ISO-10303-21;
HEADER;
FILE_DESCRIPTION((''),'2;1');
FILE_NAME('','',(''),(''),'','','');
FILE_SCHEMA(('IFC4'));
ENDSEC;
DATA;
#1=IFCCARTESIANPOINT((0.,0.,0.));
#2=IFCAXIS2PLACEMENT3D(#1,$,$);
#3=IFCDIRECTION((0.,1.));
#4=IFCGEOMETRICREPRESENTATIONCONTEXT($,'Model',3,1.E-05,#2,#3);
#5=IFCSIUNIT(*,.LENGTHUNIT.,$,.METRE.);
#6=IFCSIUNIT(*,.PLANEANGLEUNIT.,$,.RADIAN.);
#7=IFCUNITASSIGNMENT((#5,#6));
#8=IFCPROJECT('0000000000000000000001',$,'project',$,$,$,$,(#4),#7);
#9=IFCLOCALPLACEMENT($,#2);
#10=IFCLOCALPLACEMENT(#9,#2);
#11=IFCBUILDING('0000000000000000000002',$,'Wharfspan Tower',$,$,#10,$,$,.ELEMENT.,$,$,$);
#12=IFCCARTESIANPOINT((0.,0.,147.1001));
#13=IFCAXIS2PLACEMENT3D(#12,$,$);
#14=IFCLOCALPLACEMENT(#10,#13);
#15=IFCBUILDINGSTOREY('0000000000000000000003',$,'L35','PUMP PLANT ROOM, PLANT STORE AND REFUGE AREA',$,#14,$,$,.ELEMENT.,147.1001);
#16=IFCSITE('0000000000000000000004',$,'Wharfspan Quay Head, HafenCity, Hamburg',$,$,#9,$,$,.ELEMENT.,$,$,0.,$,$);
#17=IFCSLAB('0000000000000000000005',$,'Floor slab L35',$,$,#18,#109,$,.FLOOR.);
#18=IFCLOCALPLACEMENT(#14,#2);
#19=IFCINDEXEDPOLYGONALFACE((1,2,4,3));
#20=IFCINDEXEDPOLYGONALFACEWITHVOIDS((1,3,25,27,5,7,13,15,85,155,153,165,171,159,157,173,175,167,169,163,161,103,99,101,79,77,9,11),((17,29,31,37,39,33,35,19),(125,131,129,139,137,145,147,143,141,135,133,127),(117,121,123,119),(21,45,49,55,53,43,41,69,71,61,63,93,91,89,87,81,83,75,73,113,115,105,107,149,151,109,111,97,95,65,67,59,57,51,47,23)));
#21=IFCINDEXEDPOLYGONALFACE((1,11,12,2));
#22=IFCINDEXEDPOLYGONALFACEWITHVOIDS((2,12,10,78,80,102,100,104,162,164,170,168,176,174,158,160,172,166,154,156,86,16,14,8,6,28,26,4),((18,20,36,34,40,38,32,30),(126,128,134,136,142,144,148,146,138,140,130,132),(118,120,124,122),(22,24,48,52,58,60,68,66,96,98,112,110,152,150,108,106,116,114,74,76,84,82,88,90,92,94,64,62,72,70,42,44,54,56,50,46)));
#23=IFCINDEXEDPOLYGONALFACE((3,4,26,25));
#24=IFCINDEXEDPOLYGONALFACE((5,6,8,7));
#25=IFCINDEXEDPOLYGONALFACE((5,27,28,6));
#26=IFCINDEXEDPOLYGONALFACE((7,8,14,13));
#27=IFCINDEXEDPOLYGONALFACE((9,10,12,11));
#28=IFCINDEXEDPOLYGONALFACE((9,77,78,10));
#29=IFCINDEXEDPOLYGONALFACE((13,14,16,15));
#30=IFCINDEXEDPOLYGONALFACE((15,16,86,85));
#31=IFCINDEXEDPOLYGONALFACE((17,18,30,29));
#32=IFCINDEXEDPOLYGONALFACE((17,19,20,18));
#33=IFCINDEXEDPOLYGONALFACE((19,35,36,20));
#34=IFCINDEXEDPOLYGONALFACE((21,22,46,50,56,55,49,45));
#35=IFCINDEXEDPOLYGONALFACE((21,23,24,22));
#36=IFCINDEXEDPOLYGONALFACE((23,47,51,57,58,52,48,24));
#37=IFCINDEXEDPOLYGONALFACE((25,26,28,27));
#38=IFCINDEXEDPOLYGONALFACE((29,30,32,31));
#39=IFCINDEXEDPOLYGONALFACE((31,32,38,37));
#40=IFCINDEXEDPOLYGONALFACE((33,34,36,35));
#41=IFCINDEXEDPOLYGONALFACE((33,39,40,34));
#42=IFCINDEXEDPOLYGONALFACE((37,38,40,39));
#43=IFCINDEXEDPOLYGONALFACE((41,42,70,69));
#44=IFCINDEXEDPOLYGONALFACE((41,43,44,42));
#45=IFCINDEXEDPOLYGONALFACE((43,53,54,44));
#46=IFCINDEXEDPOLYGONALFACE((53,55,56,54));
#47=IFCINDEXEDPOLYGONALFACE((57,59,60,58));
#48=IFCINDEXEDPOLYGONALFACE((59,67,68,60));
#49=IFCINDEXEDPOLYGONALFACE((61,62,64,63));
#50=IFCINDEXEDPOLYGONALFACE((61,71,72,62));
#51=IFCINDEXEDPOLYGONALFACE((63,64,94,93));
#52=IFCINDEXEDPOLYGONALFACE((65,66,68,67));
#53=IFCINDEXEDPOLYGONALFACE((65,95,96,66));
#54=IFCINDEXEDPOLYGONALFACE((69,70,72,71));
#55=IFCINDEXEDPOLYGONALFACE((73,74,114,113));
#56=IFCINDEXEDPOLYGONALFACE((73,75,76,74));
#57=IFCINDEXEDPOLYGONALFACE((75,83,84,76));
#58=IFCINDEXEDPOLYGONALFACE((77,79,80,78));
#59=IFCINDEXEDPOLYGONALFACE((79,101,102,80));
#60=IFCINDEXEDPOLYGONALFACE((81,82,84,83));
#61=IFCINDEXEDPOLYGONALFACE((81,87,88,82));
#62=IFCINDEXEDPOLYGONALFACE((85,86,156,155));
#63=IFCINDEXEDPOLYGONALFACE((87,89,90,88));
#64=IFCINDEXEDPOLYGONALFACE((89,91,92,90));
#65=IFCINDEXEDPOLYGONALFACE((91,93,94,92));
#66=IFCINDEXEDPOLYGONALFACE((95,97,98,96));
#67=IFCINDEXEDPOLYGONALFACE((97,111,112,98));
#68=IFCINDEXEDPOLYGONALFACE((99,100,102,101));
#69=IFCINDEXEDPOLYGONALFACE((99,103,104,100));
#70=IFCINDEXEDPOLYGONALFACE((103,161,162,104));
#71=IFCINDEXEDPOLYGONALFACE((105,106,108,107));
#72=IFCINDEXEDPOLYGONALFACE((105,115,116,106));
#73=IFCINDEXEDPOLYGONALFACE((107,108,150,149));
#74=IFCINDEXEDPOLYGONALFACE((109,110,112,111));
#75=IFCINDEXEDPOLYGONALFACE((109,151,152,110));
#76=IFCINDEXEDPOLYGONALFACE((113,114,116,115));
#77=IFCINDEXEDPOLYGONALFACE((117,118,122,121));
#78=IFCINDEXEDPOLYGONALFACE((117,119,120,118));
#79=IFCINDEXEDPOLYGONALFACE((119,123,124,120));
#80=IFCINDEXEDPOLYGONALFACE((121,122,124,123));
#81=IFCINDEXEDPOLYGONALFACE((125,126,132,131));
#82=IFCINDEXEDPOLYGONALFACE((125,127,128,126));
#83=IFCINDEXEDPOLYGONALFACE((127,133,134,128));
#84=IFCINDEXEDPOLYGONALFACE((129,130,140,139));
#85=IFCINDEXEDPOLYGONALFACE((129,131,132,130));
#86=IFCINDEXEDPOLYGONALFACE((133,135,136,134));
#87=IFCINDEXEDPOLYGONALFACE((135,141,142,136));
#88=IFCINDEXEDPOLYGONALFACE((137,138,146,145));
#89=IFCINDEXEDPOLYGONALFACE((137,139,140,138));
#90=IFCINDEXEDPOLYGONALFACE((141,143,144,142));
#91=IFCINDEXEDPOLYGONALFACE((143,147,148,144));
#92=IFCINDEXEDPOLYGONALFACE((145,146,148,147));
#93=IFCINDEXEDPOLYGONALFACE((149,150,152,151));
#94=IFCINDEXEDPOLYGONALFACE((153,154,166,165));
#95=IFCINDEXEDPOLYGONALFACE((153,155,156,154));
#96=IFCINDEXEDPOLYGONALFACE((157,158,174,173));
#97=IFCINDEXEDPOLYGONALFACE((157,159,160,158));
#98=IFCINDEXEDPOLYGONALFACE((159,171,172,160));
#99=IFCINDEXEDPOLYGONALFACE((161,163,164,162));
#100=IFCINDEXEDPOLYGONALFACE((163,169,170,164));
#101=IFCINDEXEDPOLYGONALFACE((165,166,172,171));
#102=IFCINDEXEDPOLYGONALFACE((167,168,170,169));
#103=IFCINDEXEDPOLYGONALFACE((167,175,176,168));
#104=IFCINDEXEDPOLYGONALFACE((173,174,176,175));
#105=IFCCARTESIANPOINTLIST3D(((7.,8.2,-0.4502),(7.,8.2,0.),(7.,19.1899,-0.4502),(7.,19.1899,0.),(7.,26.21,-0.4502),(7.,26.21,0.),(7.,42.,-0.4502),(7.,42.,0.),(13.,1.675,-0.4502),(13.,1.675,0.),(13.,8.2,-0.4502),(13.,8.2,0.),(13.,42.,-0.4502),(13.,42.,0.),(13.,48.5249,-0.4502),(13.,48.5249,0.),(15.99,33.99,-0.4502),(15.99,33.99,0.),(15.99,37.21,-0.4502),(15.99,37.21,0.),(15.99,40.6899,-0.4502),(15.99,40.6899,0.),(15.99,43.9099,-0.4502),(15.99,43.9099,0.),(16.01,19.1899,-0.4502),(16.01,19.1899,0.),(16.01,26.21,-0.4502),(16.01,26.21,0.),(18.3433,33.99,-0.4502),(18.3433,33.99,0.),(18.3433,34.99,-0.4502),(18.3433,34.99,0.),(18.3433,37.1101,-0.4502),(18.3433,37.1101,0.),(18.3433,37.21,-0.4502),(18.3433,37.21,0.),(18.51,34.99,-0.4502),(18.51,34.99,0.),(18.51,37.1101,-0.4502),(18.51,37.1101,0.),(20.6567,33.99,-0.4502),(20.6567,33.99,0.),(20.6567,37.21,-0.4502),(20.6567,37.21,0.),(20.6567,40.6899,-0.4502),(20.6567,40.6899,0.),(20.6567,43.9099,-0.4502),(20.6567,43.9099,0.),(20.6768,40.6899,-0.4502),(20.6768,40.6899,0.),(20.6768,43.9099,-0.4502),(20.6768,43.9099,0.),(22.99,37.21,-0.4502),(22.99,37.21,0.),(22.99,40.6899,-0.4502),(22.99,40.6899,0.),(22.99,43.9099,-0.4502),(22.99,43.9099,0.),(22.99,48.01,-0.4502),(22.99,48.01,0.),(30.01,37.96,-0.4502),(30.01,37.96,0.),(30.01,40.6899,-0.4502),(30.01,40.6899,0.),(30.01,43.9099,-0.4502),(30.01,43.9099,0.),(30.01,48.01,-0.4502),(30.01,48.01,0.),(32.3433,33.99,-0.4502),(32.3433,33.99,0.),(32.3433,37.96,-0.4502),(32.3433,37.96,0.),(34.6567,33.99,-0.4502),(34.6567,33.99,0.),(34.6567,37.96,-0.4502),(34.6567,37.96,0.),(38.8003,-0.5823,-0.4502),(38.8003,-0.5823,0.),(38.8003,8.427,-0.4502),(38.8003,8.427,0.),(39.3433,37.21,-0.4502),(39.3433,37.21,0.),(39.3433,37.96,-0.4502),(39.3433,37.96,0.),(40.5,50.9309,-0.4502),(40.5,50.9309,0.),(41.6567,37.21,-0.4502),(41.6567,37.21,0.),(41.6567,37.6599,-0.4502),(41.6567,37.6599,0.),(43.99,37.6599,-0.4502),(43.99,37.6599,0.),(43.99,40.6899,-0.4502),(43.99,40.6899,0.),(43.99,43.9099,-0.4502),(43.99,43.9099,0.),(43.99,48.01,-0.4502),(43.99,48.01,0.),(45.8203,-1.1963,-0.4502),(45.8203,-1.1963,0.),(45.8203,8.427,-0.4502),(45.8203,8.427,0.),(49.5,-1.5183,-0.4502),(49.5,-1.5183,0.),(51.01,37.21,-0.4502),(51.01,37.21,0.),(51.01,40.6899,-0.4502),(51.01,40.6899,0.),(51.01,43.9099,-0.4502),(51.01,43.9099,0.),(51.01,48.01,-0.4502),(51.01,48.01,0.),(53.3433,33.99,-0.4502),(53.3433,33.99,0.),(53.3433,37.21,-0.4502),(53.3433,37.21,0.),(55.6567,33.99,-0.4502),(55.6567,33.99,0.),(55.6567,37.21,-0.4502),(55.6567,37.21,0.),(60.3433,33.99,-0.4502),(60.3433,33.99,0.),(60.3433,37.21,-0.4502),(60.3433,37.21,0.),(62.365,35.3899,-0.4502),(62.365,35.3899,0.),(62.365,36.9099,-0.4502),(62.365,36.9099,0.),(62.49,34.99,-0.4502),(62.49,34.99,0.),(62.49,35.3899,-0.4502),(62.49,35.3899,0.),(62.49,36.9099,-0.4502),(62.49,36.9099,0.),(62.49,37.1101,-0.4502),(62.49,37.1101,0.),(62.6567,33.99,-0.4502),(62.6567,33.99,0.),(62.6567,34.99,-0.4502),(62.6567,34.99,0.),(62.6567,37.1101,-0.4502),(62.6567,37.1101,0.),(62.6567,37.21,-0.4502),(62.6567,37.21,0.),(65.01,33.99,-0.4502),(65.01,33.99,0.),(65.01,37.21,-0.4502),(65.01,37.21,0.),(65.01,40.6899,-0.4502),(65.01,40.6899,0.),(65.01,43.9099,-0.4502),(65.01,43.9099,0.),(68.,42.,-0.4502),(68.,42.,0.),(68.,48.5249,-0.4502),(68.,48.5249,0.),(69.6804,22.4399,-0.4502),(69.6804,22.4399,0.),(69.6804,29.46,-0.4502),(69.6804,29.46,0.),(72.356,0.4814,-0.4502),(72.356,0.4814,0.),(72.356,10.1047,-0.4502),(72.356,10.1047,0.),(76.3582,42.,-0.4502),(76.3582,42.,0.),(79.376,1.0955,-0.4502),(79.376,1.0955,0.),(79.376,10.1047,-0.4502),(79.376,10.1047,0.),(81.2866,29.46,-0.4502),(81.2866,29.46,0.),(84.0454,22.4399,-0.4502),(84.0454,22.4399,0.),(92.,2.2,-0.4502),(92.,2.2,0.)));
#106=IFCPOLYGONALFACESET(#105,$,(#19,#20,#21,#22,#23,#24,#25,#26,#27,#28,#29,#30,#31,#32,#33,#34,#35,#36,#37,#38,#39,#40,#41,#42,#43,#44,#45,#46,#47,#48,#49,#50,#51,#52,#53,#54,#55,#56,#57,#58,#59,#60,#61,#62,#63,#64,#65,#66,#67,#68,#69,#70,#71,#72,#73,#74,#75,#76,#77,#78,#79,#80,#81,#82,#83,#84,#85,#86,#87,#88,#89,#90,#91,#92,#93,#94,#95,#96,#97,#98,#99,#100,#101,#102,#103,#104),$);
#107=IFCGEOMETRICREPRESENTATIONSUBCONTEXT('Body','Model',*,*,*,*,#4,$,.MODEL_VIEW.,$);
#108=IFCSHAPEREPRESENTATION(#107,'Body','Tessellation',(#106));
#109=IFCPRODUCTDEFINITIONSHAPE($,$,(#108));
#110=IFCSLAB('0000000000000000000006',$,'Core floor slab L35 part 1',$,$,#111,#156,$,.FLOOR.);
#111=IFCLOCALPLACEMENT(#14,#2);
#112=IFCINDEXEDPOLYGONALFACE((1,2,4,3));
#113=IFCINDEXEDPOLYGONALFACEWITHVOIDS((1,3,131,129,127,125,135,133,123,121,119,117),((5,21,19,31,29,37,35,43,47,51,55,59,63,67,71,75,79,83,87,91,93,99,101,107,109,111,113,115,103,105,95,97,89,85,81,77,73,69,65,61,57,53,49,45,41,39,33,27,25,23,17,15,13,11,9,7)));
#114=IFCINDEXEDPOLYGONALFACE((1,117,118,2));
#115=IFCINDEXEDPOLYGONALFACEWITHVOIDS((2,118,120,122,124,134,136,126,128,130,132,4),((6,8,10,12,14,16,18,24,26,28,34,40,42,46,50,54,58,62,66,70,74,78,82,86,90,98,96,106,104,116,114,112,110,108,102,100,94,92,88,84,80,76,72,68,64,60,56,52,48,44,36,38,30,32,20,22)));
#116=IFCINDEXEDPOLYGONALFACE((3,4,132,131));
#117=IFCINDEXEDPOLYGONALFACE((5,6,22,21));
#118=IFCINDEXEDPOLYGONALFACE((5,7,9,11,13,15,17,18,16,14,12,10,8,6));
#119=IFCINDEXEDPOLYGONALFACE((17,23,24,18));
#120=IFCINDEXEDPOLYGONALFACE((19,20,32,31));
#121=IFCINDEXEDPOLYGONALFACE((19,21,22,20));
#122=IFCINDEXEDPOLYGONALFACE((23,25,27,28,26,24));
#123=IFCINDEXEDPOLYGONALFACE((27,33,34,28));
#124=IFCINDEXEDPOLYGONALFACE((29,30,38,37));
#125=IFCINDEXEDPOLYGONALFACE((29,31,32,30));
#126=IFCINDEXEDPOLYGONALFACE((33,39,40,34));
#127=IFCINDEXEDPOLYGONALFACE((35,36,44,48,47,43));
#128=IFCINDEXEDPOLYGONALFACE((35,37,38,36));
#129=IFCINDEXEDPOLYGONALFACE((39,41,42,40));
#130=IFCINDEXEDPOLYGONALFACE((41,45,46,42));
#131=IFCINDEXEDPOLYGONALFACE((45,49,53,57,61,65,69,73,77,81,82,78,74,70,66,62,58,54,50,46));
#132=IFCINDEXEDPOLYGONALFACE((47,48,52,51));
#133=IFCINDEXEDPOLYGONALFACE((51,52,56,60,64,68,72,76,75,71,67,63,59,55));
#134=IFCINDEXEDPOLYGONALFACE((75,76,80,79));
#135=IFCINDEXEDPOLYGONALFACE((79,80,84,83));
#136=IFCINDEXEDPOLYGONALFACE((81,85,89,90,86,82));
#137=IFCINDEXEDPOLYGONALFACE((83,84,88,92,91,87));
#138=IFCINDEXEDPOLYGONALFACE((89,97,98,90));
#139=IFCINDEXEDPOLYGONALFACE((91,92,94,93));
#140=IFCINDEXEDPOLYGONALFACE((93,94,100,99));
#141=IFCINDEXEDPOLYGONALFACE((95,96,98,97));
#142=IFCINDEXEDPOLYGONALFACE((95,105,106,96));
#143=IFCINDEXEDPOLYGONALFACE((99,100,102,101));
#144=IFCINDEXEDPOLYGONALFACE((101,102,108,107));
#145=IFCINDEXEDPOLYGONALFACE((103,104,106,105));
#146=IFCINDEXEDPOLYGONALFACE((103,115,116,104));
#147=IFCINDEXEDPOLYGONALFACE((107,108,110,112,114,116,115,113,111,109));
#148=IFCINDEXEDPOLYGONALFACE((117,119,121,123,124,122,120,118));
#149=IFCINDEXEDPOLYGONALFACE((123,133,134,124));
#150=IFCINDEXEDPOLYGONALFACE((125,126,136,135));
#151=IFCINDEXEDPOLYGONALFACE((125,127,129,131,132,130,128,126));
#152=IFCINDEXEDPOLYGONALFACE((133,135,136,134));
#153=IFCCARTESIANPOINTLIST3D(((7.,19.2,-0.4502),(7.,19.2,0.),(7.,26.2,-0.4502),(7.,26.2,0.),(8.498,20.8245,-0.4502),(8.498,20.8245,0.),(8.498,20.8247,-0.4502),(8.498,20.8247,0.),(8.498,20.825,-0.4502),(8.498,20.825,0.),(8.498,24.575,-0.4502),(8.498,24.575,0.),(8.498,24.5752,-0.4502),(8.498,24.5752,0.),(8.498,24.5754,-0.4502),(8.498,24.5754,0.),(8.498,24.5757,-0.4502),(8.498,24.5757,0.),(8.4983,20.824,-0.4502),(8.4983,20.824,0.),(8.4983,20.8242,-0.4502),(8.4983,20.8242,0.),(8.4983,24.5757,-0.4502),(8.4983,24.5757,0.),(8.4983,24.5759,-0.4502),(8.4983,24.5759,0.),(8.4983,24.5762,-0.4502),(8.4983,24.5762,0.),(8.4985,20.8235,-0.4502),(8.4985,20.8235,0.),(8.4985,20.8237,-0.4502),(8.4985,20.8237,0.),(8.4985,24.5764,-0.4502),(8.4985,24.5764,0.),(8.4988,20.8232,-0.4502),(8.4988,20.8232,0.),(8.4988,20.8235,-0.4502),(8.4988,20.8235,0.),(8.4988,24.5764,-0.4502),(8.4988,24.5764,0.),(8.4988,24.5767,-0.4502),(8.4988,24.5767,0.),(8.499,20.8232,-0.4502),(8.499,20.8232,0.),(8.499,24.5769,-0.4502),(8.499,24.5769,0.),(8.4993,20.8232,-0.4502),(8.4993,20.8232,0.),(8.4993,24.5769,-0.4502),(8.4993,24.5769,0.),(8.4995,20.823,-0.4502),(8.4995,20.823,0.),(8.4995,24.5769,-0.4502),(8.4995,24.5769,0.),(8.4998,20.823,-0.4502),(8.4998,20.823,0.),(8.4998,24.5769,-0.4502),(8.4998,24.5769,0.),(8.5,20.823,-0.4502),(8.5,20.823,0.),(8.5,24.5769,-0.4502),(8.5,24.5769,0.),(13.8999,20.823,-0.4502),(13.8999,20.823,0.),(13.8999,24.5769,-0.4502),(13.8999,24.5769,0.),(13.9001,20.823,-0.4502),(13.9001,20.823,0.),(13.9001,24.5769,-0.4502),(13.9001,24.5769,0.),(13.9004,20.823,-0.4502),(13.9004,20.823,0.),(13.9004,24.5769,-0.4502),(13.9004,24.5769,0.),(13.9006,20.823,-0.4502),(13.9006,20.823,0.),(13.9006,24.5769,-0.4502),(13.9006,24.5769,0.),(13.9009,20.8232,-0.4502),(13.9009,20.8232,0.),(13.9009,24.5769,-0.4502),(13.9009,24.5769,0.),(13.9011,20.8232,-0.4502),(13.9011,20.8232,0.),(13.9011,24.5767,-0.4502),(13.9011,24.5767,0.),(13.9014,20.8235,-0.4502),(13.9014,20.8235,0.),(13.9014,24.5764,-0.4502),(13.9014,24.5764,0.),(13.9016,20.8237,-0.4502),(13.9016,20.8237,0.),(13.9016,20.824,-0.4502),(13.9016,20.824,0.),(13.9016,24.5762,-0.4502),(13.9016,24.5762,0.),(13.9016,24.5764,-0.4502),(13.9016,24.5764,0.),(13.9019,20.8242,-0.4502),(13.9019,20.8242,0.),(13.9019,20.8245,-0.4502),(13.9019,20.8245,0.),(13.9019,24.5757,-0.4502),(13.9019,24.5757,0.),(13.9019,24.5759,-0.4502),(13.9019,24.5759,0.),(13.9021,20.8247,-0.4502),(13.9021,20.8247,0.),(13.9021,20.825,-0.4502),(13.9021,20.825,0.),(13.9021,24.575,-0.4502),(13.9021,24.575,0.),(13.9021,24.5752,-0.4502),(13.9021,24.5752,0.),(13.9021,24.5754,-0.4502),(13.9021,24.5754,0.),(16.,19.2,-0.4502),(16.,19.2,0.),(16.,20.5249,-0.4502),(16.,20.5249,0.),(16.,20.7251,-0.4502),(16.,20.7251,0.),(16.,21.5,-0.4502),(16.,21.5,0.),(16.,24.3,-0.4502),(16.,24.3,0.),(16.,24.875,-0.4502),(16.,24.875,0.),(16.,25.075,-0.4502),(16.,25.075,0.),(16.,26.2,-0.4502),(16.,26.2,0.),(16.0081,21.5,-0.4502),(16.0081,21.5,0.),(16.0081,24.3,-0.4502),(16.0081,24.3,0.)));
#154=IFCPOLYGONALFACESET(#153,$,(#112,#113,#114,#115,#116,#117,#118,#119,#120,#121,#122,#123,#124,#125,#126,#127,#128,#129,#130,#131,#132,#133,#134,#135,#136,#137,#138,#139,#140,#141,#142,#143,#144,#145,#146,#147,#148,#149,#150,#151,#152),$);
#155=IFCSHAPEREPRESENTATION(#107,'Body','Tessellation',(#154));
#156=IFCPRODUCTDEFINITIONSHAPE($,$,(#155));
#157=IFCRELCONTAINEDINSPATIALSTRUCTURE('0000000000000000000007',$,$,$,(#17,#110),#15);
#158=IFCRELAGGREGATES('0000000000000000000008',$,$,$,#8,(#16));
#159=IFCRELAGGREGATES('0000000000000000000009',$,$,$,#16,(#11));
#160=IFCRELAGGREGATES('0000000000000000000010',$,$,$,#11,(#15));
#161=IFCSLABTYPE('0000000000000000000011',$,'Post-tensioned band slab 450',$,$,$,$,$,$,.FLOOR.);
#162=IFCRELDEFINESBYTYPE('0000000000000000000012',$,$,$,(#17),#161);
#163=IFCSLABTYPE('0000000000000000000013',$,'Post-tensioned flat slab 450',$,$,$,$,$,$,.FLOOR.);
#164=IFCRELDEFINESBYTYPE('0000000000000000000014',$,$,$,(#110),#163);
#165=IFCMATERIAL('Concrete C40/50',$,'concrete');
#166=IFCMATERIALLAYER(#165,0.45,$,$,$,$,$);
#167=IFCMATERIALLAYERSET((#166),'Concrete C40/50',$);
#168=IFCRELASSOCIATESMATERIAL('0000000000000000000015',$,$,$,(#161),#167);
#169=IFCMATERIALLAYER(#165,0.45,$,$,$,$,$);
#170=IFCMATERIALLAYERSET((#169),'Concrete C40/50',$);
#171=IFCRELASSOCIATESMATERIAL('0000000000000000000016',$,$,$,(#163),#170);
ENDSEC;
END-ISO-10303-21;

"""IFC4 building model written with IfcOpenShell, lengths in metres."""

from ifc_helpers import new_model, si_unit, direction, frame, origin, place, context, subcontext, project, spatial, polyline, outline, extrude, material, layer, layer_set, type_object, element, save


model = new_model("IFC4")

# Units and contexts
model_context = context("Model", 3, precision=1e-05, world=origin(), true_north=direction((0.0, 1.0)))
body_context = subcontext(model_context, "Body", "Model", "MODEL_VIEW")
ifc_project = project(units=[si_unit("LENGTHUNIT", "METRE"), si_unit("PLANEANGLEUNIT", "RADIAN")], contexts=[model_context])

# Site, building, storey
site_placement = place(None, origin())
site = spatial("IfcSite", under=ifc_project, at=site_placement, Name="Wharfspan Quay Head, HafenCity, Hamburg", CompositionType="ELEMENT", RefElevation=0.0)
building_placement = place(site_placement, origin())
building = spatial("IfcBuilding", under=site, at=building_placement, Name="Wharfspan Tower", CompositionType="ELEMENT")
storey_placement = place(building_placement, frame((0.0, 0.0, 147.1001)))
storey = spatial("IfcBuildingStorey", under=building, at=storey_placement, Name="L35", Description="PUMP PLANT ROOM, PLANT STORE AND REFUGE AREA", CompositionType="ELEMENT", Elevation=147.1001)

# Slabs
ifc_material_1 = material(Name="Concrete C40/50", Category="concrete")
ifc_layer_1 = layer(ifc_material_1, 0.45)
ifc_layer_set_1 = layer_set([ifc_layer_1], Name="Concrete C40/50")
slab_type_1 = type_object("IfcSlabType", Name="Post-tensioned band slab 450", PredefinedType="FLOOR", material=ifc_layer_set_1)
slab_1_placement = place(storey_placement, frame((0.0, 0.0, -0.4502)))
element("IfcSlab", 1, at=slab_1_placement, inside=storey, type_object=slab_type_1, Name="Floor slab L35", PredefinedType="FLOOR", context=body_context, shape_type="SweptSolid", body=[
    extrude(outline(polyline([(38.8003, -0.5823), (38.8003, 8.427), (45.8203, 8.427), (45.8203, -1.1963), (49.5, -1.5183), (72.356, 0.4814), (72.356, 10.1047), (79.376, 10.1047), (79.376, 1.0955), (92.0, 2.2), (84.0454, 22.4399), (69.6804, 22.4399), (69.6804, 29.46), (81.2866, 29.46), (76.3582, 42.0), (68.0, 42.0), (68.0, 48.5249), (40.5, 50.9309), (13.0, 48.5249), (13.0, 42.0), (7.0, 42.0), (7.0, 26.21), (16.01, 26.21), (16.01, 19.1899), (7.0, 19.1899), (7.0, 8.2), (13.0, 8.2), (13.0, 1.675), (38.8003, -0.5823)]), holes=[polyline([(15.99, 40.6899), (15.99, 43.9099), (20.6567, 43.9099), (20.6768, 43.9099), (22.99, 43.9099), (22.99, 48.01), (30.01, 48.01), (30.01, 43.9099), (43.99, 43.9099), (43.99, 48.01), (51.01, 48.01), (51.01, 43.9099), (65.01, 43.9099), (65.01, 40.6899), (51.01, 40.6899), (51.01, 37.21), (53.3433, 37.21), (53.3433, 33.99), (34.6567, 33.99), (34.6567, 37.96), (39.3433, 37.96), (39.3433, 37.21), (41.6567, 37.21), (41.6567, 37.6599), (43.99, 37.6599), (43.99, 40.6899), (30.01, 40.6899), (30.01, 37.96), (32.3433, 37.96), (32.3433, 33.99), (20.6567, 33.99), (20.6567, 37.21), (22.99, 37.21), (22.99, 40.6899), (20.6768, 40.6899), (20.6567, 40.6899), (15.99, 40.6899)]), polyline([(62.49, 35.3899), (62.365, 35.3899), (62.365, 36.9099), (62.49, 36.9099), (62.49, 37.1101), (62.6567, 37.1101), (62.6567, 37.21), (65.01, 37.21), (65.01, 33.99), (62.6567, 33.99), (62.6567, 34.99), (62.49, 34.99), (62.49, 35.3899)]), polyline([(55.6567, 33.99), (55.6567, 37.21), (60.3433, 37.21), (60.3433, 33.99), (55.6567, 33.99)]), polyline([(18.51, 34.99), (18.3433, 34.99), (18.3433, 33.99), (15.99, 33.99), (15.99, 37.21), (18.3433, 37.21), (18.3433, 37.1101), (18.51, 37.1101), (18.51, 34.99)])]), origin(), (0.0, 0.0, 1.0), 0.4502),
])
ifc_layer_2 = layer(ifc_material_1, 0.45)
ifc_layer_set_2 = layer_set([ifc_layer_2], Name="Concrete C40/50")
slab_type_2 = type_object("IfcSlabType", Name="Post-tensioned flat slab 450", PredefinedType="FLOOR", material=ifc_layer_set_2)
slab_2_placement = place(storey_placement, frame((0.0, 0.0, -0.4502)))
element("IfcSlab", 2, at=slab_2_placement, inside=storey, type_object=slab_type_2, Name="Core floor slab L35 part 1", PredefinedType="FLOOR", context=body_context, shape_type="SweptSolid", body=[
    extrude(outline(polyline([(16.0, 24.3), (16.0, 24.875), (16.0, 25.075), (16.0, 26.2), (7.0, 26.2), (7.0, 19.2), (16.0, 19.2), (16.0, 20.5249), (16.0, 20.7251), (16.0, 21.5), (16.0081, 21.5), (16.0081, 24.3), (16.0, 24.3)]), holes=[polyline([(13.9021, 20.825), (13.9021, 20.8247), (13.9021, 20.8247), (13.9019, 20.8245), (13.9019, 20.8242), (13.9019, 20.8242), (13.9016, 20.824), (13.9016, 20.8237), (13.9014, 20.8235), (13.9014, 20.8235), (13.9011, 20.8232), (13.9009, 20.8232), (13.9009, 20.8232), (13.9006, 20.823), (13.9004, 20.823), (13.9001, 20.823), (13.8999, 20.823), (8.5, 20.823), (8.4998, 20.823), (8.4995, 20.823), (8.4995, 20.823), (8.4993, 20.8232), (8.499, 20.8232), (8.4988, 20.8232), (8.4988, 20.8235), (8.4985, 20.8235), (8.4985, 20.8237), (8.4983, 20.824), (8.4983, 20.8242), (8.4983, 20.8242), (8.498, 20.8245), (8.498, 20.8247), (8.498, 20.8247), (8.498, 20.825), (8.498, 24.575), (8.498, 24.5752), (8.498, 24.5754), (8.498, 24.5757), (8.4983, 24.5757), (8.4983, 24.5759), (8.4983, 24.5762), (8.4985, 24.5764), (8.4985, 24.5764), (8.4988, 24.5764), (8.4988, 24.5767), (8.499, 24.5769), (8.4993, 24.5769), (8.4995, 24.5769), (8.4995, 24.5769), (8.4998, 24.5769), (8.5, 24.5769), (13.8999, 24.5769), (13.9001, 24.5769), (13.9004, 24.5769), (13.9006, 24.5769), (13.9009, 24.5769), (13.9009, 24.5769), (13.9011, 24.5767), (13.9014, 24.5764), (13.9014, 24.5764), (13.9016, 24.5764), (13.9016, 24.5762), (13.9019, 24.5759), (13.9019, 24.5757), (13.9019, 24.5757), (13.9021, 24.5754), (13.9021, 24.5752), (13.9021, 24.575), (13.9021, 20.825)])]), origin(), (0.0, 0.0, 1.0), 0.4502),
])

save(model, "model.ifc")
